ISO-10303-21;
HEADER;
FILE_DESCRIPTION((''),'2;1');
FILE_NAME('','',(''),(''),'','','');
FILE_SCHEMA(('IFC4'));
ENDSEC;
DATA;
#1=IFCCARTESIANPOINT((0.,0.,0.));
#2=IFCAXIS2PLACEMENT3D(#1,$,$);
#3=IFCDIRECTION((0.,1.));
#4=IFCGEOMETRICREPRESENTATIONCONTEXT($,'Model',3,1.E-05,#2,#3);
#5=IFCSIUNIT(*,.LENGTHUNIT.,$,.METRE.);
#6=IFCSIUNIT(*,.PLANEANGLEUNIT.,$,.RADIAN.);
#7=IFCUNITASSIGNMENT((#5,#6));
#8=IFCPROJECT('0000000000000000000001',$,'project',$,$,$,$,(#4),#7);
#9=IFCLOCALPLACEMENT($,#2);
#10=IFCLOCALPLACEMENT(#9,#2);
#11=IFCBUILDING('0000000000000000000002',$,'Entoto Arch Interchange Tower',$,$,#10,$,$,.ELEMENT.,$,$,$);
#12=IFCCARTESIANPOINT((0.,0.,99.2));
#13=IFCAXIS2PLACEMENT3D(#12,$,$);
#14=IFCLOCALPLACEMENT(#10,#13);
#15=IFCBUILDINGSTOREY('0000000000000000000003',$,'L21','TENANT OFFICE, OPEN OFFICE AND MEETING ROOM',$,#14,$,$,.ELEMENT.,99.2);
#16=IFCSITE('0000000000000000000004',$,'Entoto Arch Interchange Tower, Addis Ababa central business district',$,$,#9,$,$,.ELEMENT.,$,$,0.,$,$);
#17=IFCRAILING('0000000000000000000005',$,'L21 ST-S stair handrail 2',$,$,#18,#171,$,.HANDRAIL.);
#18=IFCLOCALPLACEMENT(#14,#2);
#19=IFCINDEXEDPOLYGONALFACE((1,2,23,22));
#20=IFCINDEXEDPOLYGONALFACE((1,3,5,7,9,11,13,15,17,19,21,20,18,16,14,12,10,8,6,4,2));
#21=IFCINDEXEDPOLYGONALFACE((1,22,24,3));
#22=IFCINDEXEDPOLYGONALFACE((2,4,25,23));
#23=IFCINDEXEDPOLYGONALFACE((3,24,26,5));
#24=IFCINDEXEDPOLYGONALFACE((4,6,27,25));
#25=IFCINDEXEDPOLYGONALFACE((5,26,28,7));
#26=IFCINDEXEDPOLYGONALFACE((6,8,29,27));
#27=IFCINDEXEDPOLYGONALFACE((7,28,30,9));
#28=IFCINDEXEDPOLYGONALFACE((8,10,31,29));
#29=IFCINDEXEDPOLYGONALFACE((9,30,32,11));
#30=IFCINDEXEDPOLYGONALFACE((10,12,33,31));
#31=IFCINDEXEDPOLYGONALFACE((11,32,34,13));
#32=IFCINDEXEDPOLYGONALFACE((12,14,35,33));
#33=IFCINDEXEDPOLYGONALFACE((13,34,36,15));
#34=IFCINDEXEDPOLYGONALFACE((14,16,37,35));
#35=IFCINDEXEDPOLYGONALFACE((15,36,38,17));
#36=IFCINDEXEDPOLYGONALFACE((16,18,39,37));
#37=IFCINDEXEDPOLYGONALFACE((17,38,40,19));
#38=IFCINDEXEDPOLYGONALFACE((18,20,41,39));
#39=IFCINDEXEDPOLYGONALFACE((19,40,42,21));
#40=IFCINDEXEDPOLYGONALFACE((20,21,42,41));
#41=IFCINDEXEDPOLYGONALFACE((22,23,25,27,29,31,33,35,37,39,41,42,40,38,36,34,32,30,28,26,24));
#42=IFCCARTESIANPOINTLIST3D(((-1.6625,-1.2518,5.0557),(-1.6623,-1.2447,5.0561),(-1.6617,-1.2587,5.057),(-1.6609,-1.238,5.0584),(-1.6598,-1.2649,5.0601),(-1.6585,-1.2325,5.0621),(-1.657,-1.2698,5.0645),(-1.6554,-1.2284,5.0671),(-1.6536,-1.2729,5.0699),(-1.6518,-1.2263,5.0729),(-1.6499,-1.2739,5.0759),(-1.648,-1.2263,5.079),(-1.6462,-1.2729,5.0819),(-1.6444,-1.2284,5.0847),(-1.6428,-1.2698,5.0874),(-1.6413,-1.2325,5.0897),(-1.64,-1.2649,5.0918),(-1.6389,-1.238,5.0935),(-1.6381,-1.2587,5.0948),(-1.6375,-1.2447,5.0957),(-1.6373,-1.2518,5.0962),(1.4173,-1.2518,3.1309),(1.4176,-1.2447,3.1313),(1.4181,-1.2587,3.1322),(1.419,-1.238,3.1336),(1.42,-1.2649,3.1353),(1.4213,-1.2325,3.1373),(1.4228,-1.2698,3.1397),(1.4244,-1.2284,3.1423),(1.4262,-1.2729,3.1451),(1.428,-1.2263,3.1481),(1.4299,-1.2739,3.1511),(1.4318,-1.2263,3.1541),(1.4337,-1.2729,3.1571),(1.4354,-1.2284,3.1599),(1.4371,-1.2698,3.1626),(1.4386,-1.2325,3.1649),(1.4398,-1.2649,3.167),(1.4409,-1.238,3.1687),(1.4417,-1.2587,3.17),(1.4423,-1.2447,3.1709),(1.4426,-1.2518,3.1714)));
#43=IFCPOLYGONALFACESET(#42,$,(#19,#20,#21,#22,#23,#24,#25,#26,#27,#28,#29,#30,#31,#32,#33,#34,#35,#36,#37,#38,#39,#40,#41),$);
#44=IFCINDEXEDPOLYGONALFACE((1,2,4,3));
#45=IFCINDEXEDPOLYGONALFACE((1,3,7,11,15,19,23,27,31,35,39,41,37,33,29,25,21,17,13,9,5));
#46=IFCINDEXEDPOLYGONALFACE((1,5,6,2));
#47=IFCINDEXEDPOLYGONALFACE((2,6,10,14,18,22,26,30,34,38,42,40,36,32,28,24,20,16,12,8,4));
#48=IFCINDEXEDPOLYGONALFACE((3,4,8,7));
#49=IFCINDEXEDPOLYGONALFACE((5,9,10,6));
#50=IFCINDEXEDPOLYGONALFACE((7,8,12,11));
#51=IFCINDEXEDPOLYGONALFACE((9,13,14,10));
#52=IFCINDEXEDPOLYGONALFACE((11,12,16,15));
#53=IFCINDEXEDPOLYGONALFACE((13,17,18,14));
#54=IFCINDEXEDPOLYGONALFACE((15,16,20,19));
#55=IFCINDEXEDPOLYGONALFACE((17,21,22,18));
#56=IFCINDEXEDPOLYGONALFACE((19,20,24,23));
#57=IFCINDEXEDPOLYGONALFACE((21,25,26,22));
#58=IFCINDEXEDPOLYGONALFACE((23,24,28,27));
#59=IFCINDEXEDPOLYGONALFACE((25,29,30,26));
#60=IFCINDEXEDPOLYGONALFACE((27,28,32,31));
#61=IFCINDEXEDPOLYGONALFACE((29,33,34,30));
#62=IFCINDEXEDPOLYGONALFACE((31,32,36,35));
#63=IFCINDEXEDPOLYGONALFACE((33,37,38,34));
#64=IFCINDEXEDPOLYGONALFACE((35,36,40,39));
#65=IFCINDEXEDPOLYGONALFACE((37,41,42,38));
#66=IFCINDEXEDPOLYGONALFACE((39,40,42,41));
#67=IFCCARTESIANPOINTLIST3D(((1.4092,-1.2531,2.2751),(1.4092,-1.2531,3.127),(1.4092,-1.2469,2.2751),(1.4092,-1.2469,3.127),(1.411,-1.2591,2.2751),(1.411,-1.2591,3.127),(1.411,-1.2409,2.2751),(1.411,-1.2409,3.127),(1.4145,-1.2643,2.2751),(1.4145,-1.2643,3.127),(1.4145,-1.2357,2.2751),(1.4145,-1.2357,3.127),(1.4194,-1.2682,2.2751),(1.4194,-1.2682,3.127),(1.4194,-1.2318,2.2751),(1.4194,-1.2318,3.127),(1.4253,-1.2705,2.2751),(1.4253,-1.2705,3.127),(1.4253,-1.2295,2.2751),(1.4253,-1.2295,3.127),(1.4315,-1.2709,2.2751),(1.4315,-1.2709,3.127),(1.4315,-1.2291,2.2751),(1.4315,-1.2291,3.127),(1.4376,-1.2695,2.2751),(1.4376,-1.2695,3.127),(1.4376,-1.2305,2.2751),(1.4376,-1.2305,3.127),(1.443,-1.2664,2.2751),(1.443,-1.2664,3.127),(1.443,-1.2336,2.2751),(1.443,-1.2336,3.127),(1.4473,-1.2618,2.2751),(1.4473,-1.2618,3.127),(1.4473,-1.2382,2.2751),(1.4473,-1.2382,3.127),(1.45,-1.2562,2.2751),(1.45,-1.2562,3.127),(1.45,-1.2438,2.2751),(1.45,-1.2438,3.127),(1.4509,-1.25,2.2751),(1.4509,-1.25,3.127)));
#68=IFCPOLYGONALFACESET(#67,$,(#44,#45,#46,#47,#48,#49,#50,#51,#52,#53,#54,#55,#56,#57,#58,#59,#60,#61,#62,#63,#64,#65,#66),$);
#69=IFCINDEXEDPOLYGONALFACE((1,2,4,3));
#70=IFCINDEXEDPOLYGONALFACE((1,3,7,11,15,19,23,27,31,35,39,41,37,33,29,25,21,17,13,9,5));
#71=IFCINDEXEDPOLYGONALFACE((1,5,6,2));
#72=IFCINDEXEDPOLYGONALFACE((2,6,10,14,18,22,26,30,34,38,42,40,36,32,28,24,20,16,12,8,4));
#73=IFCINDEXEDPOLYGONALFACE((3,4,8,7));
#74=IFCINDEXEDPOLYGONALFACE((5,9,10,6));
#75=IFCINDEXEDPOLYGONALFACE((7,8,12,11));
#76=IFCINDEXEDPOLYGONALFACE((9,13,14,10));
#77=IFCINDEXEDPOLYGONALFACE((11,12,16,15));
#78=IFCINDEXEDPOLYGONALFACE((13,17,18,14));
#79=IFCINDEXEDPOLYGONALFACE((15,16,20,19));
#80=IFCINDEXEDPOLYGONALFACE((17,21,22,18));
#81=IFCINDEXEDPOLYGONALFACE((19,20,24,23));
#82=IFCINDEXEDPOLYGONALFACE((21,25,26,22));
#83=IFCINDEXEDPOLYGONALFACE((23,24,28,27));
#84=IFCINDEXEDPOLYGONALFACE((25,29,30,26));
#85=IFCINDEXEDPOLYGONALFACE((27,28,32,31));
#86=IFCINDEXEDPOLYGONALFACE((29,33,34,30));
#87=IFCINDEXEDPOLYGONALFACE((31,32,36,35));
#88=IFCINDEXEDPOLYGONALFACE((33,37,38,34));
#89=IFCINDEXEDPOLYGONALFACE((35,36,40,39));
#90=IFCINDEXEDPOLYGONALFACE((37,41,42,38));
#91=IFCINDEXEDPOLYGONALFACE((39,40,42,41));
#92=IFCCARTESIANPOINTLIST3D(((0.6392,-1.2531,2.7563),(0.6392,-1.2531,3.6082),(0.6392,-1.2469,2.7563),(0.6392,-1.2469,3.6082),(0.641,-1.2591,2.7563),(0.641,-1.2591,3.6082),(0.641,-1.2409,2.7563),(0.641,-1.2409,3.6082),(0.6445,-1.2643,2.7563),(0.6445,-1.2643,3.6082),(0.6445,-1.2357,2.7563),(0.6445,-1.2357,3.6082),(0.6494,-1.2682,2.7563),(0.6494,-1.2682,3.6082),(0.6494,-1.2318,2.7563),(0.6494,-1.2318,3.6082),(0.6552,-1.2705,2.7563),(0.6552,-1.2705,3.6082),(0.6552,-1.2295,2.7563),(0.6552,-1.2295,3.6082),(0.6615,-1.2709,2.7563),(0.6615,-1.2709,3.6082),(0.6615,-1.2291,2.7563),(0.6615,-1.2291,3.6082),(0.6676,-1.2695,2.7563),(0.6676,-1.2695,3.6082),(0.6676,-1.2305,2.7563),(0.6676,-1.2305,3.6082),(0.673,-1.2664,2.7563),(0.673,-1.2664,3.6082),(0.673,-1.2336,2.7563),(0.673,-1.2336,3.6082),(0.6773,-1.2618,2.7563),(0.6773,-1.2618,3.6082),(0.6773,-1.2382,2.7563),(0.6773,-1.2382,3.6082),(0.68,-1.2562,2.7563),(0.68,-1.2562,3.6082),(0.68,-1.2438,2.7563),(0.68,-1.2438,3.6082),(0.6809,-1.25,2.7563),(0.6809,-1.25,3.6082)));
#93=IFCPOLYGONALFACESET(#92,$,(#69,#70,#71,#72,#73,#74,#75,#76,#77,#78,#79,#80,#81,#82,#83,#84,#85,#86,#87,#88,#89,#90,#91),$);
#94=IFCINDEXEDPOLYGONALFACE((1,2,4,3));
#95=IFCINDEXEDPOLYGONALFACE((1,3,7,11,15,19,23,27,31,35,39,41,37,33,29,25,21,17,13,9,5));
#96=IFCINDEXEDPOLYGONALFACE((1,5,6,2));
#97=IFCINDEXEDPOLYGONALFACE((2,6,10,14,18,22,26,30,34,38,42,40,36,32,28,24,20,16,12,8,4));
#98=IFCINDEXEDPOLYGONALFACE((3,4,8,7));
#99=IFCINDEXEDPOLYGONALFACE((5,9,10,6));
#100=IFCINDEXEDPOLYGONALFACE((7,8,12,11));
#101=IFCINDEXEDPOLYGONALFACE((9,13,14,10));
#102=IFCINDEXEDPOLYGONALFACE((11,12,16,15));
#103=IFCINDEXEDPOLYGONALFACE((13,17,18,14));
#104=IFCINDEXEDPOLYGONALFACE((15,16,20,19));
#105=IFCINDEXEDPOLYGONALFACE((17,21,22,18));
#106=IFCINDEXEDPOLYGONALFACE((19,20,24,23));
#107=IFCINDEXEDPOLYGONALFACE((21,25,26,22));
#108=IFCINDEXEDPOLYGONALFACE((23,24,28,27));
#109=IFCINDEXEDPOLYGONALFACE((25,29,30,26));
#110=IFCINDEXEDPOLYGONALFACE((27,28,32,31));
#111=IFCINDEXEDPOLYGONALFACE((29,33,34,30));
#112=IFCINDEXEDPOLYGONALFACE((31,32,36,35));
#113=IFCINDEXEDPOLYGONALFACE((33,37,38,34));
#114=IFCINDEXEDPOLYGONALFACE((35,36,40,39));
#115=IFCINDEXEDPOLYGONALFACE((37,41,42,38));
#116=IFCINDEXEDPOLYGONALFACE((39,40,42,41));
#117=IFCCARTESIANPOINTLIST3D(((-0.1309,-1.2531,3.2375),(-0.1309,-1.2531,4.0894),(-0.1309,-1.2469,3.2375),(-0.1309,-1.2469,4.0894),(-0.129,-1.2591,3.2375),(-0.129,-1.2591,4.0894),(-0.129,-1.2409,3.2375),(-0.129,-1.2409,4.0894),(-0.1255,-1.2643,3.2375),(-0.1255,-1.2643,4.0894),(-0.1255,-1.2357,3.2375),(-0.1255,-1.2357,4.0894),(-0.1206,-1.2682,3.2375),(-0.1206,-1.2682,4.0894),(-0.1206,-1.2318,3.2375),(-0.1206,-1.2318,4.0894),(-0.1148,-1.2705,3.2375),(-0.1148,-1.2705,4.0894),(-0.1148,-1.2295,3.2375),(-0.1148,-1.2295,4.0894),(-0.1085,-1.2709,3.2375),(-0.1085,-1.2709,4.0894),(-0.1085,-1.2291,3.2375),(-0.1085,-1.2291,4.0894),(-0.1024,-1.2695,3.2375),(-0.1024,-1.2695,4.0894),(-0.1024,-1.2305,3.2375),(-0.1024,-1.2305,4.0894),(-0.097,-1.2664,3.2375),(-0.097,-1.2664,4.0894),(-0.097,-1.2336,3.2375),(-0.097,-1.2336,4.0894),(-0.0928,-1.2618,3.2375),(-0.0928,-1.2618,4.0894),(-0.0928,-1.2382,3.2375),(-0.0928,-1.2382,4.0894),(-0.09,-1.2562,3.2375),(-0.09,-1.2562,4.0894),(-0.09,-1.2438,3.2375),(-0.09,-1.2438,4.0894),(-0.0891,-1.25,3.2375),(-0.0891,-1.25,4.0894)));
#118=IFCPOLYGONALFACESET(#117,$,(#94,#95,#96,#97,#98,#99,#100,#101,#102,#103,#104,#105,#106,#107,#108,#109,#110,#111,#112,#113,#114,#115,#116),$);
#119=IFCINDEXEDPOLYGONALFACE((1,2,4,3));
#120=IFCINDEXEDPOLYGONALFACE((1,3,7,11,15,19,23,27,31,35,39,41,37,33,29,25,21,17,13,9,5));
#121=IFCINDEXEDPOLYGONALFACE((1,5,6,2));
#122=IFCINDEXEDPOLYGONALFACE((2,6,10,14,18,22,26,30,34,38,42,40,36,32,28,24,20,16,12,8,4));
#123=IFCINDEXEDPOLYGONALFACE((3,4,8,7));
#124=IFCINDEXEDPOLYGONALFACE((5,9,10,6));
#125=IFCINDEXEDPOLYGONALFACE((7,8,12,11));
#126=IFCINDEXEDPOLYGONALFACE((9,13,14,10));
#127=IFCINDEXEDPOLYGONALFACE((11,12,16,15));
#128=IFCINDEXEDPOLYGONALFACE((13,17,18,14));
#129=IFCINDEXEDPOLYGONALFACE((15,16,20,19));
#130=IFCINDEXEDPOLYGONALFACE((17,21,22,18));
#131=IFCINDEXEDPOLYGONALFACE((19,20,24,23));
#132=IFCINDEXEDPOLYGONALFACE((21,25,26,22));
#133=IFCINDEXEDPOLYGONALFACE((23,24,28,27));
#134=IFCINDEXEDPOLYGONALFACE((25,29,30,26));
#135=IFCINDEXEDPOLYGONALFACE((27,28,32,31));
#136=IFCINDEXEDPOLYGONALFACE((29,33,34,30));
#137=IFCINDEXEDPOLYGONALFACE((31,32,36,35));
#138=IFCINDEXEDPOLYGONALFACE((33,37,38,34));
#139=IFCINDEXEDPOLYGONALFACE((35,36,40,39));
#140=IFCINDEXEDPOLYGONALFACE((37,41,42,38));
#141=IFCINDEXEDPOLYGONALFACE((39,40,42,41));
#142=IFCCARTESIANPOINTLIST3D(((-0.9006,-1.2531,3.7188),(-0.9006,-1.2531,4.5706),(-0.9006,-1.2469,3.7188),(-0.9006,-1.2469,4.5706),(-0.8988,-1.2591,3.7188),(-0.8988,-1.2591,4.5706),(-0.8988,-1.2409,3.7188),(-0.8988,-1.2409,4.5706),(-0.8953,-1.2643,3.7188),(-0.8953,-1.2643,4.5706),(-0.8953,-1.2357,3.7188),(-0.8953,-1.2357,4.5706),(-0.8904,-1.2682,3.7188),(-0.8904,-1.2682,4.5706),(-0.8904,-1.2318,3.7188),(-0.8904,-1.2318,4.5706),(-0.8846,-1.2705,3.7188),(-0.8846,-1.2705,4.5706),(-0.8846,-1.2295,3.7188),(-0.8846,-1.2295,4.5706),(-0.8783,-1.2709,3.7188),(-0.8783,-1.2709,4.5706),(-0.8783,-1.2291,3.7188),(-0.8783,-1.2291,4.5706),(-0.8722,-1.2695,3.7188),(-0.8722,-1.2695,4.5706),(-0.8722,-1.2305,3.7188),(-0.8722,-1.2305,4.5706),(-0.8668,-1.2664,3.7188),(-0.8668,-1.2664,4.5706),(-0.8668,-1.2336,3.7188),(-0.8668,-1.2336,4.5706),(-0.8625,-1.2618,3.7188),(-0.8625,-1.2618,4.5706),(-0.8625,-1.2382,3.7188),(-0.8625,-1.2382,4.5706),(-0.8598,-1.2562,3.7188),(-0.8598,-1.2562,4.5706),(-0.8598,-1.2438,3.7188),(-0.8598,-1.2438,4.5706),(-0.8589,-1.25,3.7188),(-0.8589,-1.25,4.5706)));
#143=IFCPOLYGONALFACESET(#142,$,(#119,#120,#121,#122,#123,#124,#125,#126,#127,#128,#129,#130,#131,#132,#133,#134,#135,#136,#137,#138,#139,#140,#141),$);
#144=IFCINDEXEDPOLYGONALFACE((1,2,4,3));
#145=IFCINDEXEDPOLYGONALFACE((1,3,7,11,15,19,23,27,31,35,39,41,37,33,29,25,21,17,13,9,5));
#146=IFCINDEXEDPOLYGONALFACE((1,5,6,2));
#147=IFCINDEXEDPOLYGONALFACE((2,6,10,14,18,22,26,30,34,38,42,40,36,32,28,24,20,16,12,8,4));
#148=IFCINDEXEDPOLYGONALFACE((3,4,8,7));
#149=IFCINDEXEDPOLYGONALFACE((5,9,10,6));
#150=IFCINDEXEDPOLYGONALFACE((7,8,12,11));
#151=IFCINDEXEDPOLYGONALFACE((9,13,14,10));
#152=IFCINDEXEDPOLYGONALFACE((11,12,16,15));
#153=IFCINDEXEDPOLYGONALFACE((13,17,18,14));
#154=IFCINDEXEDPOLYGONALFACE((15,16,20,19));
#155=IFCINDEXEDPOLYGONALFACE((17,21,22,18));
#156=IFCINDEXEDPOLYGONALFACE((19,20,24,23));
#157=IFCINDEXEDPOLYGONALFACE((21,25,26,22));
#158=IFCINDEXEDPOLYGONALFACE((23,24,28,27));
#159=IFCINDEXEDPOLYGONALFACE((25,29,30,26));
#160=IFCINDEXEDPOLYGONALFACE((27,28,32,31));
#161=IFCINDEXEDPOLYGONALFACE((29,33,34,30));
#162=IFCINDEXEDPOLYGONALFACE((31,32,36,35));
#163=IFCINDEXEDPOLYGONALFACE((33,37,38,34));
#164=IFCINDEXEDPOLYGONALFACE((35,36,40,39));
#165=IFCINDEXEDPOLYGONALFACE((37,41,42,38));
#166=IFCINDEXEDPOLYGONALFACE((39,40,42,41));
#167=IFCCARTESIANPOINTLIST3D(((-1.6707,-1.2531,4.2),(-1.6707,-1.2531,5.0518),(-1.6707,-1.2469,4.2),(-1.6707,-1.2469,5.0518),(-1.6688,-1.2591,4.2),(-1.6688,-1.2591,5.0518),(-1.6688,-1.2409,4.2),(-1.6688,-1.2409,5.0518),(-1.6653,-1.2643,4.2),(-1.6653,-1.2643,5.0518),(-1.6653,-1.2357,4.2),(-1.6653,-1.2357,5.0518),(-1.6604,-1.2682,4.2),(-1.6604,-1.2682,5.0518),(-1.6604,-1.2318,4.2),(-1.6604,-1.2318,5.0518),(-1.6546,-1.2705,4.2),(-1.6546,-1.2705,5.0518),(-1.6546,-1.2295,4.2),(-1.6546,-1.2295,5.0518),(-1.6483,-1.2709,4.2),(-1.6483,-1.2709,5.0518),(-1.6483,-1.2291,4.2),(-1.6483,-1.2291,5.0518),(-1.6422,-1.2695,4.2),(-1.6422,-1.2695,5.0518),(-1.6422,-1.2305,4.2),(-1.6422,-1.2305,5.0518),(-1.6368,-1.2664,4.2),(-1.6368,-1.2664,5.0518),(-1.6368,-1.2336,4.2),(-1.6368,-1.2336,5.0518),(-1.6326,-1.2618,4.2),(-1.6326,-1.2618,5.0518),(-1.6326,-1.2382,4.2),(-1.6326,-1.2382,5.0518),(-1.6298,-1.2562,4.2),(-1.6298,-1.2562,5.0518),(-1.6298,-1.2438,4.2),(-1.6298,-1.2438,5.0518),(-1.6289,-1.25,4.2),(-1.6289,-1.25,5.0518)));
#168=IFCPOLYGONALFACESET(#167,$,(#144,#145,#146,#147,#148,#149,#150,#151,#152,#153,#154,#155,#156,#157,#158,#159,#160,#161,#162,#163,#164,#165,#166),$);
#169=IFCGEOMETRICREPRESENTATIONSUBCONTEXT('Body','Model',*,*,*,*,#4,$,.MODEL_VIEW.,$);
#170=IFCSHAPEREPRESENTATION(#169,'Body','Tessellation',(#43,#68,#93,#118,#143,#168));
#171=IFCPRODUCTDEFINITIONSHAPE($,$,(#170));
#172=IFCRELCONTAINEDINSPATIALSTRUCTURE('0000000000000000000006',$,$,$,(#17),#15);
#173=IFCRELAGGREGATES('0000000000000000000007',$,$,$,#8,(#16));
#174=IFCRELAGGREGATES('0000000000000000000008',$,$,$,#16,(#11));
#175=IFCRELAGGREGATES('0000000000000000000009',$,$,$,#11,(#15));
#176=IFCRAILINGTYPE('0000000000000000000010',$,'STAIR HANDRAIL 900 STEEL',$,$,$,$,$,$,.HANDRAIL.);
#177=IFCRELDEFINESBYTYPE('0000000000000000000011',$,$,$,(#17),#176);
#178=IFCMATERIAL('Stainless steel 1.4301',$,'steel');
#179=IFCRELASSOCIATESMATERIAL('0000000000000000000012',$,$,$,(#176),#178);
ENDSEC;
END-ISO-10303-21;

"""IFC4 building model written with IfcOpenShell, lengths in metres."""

from ifc_helpers import new_model, si_unit, direction, frame, origin, origin_2d, place, context, subcontext, project, spatial, circle, extrude, material, type_object, element, save


model = new_model("IFC4")

# Units and contexts
model_context = context("Model", 3, precision=1e-05, world=origin(), true_north=direction((0.0, 1.0)))
body_context = subcontext(model_context, "Body", "Model", "MODEL_VIEW")
ifc_project = project(units=[si_unit("LENGTHUNIT", "METRE"), si_unit("PLANEANGLEUNIT", "RADIAN")], contexts=[model_context])

# Site, building, storey
site_placement = place(None, origin())
site = spatial("IfcSite", under=ifc_project, at=site_placement, Name="Entoto Arch Interchange Tower, Addis Ababa central business district", CompositionType="ELEMENT", RefElevation=0.0)
building_placement = place(site_placement, origin())
building = spatial("IfcBuilding", under=site, at=building_placement, Name="Entoto Arch Interchange Tower", CompositionType="ELEMENT")
storey_placement = place(building_placement, frame((0.0, 0.0, 99.2)))
storey = spatial("IfcBuildingStorey", under=building, at=storey_placement, Name="L21", Description="TENANT OFFICE, OPEN OFFICE AND MEETING ROOM", CompositionType="ELEMENT", Elevation=99.2)

# Railing
ifc_material_1 = material(Name="Stainless steel 1.4301", Category="steel")
railing_type_1 = type_object("IfcRailingType", Name="STAIR HANDRAIL 900 STEEL", PredefinedType="HANDRAIL", material=ifc_material_1)
railing_1_placement = place(storey_placement, frame((1.4299, -1.25, 2.2751)))
element("IfcRailing", 1, at=railing_1_placement, inside=storey, type_object=railing_type_1, Name="L21 ST-S stair handrail 2", PredefinedType="HANDRAIL", context=body_context, shape_type="SweptSolid", body=[
    extrude(circle(Radius=0.0239, at=origin_2d()), frame((0.0, 0.0, 0.876), z_axis=(-0.84801, 0.0, 0.529981), x_axis=(0.0, -1.0, 0.0)), (0.0, 0.0, 1.0), 3.6318),
    extrude(circle(Radius=0.021, at=origin_2d()), origin(), (0.0, 0.0, 1.0), 0.8518),
    extrude(circle(Radius=0.021, at=origin_2d()), frame((-0.77, 0.0, 0.4812)), (0.0, 0.0, 1.0), 0.8518),
    extrude(circle(Radius=0.021, at=origin_2d()), frame((-1.54, 0.0, 0.9624)), (0.0, 0.0, 1.0), 0.8518),
    extrude(circle(Radius=0.021, at=origin_2d()), frame((-2.3098, 0.0, 1.4436)), (0.0, 0.0, 1.0), 0.8518),
    extrude(circle(Radius=0.021, at=origin_2d()), frame((-3.0798, 0.0, 1.9248)), (0.0, 0.0, 1.0), 0.8518),
])

save(model, "model.ifc")
